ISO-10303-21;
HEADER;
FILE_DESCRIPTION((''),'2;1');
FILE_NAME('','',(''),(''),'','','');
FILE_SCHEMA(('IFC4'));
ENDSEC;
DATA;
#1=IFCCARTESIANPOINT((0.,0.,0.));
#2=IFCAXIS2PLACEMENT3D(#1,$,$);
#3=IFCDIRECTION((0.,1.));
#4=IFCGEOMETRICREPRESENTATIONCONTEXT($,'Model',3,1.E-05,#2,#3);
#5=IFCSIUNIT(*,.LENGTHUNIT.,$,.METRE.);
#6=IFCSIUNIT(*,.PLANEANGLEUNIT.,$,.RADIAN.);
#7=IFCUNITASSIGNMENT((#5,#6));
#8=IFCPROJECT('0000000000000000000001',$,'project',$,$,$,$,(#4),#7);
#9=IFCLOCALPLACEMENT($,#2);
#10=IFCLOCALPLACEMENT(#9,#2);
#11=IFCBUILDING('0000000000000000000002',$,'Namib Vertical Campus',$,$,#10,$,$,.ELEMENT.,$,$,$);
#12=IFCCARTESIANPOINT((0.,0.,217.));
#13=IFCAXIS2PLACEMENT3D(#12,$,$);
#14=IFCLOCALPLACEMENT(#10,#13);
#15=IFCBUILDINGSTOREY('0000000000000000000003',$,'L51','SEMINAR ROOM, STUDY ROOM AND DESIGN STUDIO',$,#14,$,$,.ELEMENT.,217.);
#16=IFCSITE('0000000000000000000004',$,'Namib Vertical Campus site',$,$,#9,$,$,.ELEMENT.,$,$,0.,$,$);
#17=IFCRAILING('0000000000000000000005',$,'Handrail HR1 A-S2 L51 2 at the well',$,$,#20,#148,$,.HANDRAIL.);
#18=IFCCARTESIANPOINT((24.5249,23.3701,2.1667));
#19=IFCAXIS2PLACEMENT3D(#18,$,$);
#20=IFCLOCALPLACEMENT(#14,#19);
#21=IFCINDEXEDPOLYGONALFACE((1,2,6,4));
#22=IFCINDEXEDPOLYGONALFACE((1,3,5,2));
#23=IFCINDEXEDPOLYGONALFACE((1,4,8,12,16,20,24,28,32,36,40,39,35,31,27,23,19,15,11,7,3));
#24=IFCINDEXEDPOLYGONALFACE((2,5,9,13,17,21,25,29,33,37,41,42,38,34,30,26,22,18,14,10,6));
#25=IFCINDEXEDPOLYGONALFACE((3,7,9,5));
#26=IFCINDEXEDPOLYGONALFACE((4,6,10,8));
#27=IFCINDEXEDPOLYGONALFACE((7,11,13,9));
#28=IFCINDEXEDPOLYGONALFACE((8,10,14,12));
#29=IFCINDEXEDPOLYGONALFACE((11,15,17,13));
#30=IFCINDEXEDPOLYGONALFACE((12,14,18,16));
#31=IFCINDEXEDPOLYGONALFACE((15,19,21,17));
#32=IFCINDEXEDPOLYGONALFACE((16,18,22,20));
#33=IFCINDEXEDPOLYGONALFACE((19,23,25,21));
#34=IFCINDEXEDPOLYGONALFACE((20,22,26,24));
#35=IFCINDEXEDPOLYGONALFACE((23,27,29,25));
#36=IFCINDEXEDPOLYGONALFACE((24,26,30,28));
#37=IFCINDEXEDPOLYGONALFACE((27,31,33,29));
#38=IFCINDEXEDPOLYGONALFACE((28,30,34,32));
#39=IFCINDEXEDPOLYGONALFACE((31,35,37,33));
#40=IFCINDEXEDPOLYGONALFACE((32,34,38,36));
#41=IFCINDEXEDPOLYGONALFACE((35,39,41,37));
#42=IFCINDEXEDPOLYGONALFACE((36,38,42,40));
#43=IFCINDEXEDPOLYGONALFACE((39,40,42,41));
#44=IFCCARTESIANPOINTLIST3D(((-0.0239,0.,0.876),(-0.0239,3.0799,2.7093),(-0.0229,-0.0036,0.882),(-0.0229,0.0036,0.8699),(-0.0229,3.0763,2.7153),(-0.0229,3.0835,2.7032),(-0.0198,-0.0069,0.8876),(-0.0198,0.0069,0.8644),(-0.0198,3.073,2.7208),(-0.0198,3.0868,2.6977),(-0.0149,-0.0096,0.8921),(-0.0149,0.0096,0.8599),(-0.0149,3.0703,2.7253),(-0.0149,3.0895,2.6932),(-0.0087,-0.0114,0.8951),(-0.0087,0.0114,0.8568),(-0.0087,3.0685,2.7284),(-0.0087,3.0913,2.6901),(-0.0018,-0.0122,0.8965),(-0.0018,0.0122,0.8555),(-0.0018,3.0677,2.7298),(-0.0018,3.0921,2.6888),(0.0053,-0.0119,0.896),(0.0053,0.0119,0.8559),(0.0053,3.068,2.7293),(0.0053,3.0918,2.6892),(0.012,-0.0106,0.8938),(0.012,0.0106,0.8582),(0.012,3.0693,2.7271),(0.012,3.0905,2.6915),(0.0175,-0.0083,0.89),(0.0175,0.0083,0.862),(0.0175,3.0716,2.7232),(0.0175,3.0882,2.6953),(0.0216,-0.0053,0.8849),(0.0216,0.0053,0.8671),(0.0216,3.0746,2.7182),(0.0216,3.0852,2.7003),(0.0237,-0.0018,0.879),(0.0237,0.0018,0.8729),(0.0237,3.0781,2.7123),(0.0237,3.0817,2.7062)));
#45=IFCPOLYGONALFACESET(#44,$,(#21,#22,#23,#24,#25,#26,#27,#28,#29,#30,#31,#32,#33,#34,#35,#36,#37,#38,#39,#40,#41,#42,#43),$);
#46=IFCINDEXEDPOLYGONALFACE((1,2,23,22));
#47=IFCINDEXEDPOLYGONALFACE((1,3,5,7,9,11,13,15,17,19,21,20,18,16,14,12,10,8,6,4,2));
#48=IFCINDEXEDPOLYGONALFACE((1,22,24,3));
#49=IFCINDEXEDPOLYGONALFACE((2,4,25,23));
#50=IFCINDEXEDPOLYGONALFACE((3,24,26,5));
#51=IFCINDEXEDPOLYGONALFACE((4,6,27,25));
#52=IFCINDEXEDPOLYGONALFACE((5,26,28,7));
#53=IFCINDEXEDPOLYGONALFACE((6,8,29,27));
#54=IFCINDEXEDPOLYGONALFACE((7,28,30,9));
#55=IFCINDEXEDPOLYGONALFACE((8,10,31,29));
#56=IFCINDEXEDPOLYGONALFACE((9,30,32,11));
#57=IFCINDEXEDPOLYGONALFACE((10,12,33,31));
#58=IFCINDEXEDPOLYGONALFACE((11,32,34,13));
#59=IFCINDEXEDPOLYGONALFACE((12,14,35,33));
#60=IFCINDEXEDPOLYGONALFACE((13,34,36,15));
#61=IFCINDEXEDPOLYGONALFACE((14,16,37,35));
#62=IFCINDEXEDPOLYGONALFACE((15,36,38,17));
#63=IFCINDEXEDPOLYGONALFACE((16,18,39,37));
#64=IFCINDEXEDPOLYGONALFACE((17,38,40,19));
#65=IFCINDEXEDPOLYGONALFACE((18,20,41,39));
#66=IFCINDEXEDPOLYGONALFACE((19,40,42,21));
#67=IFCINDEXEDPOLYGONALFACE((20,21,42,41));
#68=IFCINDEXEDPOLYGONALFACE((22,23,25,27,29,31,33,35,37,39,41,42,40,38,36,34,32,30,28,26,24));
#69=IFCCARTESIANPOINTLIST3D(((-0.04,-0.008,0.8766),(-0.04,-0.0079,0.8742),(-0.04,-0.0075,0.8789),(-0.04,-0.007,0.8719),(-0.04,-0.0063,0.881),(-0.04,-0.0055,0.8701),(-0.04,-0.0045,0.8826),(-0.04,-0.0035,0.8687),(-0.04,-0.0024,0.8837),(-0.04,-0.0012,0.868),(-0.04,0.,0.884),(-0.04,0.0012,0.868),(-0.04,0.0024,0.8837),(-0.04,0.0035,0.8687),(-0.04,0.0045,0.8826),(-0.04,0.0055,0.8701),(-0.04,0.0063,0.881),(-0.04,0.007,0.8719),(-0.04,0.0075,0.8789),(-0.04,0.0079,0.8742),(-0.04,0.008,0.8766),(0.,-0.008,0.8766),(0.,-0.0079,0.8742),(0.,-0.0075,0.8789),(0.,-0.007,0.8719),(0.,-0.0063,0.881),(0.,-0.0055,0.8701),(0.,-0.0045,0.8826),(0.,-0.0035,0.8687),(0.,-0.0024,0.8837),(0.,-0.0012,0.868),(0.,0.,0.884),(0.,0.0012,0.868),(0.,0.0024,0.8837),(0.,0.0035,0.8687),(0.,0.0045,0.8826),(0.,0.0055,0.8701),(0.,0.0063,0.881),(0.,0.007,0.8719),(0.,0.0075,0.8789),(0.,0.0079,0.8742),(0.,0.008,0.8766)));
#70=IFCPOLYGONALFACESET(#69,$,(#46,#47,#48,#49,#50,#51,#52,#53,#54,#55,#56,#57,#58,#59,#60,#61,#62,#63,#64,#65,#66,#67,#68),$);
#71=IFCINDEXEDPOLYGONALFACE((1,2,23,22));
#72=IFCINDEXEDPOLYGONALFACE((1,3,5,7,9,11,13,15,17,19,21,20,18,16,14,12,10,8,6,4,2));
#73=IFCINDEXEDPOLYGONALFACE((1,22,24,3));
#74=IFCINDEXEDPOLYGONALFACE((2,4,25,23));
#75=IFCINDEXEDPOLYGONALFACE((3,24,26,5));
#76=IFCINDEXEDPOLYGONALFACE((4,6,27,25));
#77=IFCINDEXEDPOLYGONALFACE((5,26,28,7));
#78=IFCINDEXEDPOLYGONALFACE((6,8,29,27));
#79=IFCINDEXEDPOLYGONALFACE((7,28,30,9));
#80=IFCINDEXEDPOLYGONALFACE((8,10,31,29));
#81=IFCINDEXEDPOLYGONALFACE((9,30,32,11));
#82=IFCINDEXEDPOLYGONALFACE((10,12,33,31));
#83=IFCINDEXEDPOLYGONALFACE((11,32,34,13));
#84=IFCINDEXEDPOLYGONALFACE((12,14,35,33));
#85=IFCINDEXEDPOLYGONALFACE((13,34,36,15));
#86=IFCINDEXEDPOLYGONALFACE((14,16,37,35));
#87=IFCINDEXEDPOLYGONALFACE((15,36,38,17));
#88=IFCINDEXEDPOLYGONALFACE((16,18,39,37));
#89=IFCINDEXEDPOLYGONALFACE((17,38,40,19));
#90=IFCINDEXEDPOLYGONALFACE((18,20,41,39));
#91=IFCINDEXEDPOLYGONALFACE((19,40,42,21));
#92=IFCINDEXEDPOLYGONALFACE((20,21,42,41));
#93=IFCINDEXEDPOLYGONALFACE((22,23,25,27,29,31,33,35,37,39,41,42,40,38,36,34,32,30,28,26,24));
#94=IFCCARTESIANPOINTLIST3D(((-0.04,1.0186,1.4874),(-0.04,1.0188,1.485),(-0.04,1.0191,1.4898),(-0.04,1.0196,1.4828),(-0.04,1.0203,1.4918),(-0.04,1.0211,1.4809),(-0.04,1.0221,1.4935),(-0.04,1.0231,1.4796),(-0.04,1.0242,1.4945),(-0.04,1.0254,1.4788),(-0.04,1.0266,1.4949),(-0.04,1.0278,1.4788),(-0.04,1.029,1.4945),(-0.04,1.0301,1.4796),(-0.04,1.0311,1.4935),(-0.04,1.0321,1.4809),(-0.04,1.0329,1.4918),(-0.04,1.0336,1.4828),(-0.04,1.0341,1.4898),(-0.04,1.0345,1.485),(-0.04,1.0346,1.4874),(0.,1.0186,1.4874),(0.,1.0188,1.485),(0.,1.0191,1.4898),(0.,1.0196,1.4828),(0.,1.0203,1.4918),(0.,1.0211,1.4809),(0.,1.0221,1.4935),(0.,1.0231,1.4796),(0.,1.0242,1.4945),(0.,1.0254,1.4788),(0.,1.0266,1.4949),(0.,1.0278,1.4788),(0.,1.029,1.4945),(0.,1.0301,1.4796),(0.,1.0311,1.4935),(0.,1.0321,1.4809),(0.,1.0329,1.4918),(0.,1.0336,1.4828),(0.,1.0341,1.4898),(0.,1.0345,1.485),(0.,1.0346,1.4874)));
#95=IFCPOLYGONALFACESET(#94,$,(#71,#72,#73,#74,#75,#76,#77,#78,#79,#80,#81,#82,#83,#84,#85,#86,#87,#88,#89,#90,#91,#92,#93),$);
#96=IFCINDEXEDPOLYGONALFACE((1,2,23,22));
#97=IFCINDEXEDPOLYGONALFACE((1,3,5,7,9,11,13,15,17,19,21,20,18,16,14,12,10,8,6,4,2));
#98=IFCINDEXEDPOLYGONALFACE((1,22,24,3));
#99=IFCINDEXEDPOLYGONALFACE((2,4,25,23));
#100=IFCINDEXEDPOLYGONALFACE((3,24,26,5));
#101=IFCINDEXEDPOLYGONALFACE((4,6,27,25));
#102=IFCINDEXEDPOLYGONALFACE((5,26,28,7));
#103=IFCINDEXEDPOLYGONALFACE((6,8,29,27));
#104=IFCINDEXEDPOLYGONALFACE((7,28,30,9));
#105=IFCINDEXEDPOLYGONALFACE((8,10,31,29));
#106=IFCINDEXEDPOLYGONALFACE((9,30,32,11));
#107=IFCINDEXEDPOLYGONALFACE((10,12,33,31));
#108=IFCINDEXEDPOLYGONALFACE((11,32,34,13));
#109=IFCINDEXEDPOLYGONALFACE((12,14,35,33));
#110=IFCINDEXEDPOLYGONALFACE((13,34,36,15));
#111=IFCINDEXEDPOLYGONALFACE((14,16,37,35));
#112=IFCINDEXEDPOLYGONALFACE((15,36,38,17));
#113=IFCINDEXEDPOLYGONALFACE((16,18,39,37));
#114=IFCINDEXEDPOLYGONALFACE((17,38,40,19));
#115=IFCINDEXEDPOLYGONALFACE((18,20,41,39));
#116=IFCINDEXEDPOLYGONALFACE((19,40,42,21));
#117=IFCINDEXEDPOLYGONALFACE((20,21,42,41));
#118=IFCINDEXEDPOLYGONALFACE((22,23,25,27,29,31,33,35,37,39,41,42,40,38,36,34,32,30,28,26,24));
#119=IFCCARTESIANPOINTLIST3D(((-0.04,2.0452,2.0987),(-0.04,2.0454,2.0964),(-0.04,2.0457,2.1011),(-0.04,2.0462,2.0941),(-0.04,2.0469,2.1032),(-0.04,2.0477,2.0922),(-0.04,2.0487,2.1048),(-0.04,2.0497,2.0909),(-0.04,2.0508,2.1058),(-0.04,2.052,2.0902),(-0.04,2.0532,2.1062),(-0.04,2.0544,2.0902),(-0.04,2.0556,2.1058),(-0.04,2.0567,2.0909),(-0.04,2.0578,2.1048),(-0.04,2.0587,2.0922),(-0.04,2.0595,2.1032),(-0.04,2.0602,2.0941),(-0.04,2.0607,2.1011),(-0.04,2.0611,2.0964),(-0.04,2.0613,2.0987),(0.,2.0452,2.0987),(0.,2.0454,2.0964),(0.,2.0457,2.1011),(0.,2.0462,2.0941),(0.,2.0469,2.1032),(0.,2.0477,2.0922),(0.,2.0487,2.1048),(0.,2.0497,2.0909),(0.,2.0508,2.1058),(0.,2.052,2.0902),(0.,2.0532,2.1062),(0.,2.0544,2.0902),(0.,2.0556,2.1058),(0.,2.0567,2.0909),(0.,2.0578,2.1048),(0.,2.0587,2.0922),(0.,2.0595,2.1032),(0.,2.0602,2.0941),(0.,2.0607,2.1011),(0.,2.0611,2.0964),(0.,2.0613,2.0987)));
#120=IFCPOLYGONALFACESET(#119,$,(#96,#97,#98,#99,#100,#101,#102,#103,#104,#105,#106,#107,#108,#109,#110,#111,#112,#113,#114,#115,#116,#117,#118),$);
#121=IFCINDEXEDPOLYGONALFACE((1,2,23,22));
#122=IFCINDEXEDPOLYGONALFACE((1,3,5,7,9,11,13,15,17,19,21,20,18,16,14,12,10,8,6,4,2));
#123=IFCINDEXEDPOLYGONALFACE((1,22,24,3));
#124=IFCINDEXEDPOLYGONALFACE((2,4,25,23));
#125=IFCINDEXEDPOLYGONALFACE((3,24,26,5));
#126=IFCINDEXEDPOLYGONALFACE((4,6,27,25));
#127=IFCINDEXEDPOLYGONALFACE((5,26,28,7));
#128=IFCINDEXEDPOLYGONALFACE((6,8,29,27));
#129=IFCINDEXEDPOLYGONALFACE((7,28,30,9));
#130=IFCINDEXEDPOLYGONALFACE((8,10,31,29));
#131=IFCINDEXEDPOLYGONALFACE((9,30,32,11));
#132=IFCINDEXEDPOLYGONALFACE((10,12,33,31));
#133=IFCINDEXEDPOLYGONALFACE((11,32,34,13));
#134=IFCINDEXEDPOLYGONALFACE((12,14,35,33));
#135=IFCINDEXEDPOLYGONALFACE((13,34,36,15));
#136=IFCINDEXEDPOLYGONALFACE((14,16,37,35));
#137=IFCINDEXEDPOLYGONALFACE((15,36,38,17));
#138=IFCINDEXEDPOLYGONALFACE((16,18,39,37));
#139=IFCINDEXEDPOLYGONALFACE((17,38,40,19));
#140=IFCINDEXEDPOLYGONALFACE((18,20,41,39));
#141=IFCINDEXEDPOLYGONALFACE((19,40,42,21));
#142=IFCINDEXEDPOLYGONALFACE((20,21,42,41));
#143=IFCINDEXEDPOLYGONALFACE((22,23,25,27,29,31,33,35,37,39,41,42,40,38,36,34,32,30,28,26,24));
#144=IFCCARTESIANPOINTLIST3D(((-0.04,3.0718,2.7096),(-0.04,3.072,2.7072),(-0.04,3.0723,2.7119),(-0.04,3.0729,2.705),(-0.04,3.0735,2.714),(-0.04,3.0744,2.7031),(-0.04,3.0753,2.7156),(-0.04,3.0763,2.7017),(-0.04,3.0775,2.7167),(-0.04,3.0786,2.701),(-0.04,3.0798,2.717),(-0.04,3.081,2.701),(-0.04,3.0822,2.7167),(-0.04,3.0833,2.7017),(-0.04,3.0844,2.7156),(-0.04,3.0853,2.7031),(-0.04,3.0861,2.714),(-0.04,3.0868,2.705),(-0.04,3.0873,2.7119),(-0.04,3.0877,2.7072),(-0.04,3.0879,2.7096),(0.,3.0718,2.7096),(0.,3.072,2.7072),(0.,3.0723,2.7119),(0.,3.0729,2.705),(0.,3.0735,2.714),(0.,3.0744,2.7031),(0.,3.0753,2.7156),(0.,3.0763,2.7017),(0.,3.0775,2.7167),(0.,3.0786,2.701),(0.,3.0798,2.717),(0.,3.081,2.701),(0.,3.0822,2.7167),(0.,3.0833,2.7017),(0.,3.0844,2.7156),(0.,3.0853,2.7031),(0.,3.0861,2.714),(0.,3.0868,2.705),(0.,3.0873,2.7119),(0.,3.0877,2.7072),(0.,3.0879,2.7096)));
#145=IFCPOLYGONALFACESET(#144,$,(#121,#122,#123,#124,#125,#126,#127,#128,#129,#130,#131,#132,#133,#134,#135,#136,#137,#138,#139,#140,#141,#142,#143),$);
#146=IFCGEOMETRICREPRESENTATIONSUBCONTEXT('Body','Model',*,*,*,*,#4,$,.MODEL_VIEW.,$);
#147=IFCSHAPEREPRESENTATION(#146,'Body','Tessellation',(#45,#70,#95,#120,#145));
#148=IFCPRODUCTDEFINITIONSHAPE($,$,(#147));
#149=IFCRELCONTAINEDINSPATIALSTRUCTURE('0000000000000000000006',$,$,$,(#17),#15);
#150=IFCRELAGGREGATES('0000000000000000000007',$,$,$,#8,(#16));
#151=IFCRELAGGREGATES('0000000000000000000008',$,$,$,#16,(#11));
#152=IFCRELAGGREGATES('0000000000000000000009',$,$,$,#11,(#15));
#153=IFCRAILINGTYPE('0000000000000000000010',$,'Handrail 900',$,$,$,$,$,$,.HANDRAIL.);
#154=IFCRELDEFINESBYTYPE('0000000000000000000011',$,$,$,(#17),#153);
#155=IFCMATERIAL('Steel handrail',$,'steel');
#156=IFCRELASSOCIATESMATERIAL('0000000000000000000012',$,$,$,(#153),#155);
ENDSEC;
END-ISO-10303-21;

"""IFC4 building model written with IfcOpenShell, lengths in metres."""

from ifc_helpers import new_model, si_unit, direction, frame, origin, origin_2d, place, context, subcontext, project, spatial, circle, extrude, material, type_object, element, save


model = new_model("IFC4")

# Units and contexts
model_context = context("Model", 3, precision=1e-05, world=origin(), true_north=direction((0.0, 1.0)))
body_context = subcontext(model_context, "Body", "Model", "MODEL_VIEW")
ifc_project = project(units=[si_unit("LENGTHUNIT", "METRE"), si_unit("PLANEANGLEUNIT", "RADIAN")], contexts=[model_context])

# Site, building, storey
site_placement = place(None, origin())
site = spatial("IfcSite", under=ifc_project, at=site_placement, Name="Namib Vertical Campus site", CompositionType="ELEMENT", RefElevation=0.0)
building_placement = place(site_placement, origin())
building = spatial("IfcBuilding", under=site, at=building_placement, Name="Namib Vertical Campus", CompositionType="ELEMENT")
storey_placement = place(building_placement, frame((0.0, 0.0, 217.0)))
storey = spatial("IfcBuildingStorey", under=building, at=storey_placement, Name="L51", Description="SEMINAR ROOM, STUDY ROOM AND DESIGN STUDIO", CompositionType="ELEMENT", Elevation=217.0)

# Railing
ifc_material_1 = material(Name="Steel handrail", Category="steel")
railing_type_1 = type_object("IfcRailingType", Name="Handrail 900", PredefinedType="HANDRAIL", material=ifc_material_1)
railing_1_placement = place(storey_placement, frame((24.5249, 23.3701, 2.1667)))
element("IfcRailing", 1, at=railing_1_placement, inside=storey, type_object=railing_type_1, Name="Handrail HR1 A-S2 L51 2 at the well", PredefinedType="HANDRAIL", context=body_context, shape_type="SweptSolid", body=[
    extrude(circle(Radius=0.0239, at=origin_2d()), frame((0.0, 0.0, 0.876), z_axis=(0.0, 0.859291, 0.511487), x_axis=(-1.0, 0.0, 0.0)), (0.0, 0.0, 1.0), 3.5842),
    extrude(circle(Radius=0.0081, at=origin_2d()), frame((0.0, 0.0, 0.876), z_axis=(-1.0, 0.0, 0.0), x_axis=(0.0, 0.0, 1.0)), (0.0, 0.0, 1.0), 0.04),
    extrude(circle(Radius=0.0081, at=origin_2d()), frame((0.0, 1.0266, 1.4868), z_axis=(-1.0, 0.0, 0.0), x_axis=(0.0, 0.0, 1.0)), (0.0, 0.0, 1.0), 0.04),
    extrude(circle(Radius=0.0081, at=origin_2d()), frame((0.0, 2.0532, 2.0981), z_axis=(-1.0, 0.0, 0.0), x_axis=(0.0, 0.0, 1.0)), (0.0, 0.0, 1.0), 0.04),
    extrude(circle(Radius=0.0081, at=origin_2d()), frame((0.0, 3.0798, 2.709), z_axis=(-1.0, 0.0, 0.0), x_axis=(0.0, 0.0, 1.0)), (0.0, 0.0, 1.0), 0.04),
])

save(model, "model.ifc")
